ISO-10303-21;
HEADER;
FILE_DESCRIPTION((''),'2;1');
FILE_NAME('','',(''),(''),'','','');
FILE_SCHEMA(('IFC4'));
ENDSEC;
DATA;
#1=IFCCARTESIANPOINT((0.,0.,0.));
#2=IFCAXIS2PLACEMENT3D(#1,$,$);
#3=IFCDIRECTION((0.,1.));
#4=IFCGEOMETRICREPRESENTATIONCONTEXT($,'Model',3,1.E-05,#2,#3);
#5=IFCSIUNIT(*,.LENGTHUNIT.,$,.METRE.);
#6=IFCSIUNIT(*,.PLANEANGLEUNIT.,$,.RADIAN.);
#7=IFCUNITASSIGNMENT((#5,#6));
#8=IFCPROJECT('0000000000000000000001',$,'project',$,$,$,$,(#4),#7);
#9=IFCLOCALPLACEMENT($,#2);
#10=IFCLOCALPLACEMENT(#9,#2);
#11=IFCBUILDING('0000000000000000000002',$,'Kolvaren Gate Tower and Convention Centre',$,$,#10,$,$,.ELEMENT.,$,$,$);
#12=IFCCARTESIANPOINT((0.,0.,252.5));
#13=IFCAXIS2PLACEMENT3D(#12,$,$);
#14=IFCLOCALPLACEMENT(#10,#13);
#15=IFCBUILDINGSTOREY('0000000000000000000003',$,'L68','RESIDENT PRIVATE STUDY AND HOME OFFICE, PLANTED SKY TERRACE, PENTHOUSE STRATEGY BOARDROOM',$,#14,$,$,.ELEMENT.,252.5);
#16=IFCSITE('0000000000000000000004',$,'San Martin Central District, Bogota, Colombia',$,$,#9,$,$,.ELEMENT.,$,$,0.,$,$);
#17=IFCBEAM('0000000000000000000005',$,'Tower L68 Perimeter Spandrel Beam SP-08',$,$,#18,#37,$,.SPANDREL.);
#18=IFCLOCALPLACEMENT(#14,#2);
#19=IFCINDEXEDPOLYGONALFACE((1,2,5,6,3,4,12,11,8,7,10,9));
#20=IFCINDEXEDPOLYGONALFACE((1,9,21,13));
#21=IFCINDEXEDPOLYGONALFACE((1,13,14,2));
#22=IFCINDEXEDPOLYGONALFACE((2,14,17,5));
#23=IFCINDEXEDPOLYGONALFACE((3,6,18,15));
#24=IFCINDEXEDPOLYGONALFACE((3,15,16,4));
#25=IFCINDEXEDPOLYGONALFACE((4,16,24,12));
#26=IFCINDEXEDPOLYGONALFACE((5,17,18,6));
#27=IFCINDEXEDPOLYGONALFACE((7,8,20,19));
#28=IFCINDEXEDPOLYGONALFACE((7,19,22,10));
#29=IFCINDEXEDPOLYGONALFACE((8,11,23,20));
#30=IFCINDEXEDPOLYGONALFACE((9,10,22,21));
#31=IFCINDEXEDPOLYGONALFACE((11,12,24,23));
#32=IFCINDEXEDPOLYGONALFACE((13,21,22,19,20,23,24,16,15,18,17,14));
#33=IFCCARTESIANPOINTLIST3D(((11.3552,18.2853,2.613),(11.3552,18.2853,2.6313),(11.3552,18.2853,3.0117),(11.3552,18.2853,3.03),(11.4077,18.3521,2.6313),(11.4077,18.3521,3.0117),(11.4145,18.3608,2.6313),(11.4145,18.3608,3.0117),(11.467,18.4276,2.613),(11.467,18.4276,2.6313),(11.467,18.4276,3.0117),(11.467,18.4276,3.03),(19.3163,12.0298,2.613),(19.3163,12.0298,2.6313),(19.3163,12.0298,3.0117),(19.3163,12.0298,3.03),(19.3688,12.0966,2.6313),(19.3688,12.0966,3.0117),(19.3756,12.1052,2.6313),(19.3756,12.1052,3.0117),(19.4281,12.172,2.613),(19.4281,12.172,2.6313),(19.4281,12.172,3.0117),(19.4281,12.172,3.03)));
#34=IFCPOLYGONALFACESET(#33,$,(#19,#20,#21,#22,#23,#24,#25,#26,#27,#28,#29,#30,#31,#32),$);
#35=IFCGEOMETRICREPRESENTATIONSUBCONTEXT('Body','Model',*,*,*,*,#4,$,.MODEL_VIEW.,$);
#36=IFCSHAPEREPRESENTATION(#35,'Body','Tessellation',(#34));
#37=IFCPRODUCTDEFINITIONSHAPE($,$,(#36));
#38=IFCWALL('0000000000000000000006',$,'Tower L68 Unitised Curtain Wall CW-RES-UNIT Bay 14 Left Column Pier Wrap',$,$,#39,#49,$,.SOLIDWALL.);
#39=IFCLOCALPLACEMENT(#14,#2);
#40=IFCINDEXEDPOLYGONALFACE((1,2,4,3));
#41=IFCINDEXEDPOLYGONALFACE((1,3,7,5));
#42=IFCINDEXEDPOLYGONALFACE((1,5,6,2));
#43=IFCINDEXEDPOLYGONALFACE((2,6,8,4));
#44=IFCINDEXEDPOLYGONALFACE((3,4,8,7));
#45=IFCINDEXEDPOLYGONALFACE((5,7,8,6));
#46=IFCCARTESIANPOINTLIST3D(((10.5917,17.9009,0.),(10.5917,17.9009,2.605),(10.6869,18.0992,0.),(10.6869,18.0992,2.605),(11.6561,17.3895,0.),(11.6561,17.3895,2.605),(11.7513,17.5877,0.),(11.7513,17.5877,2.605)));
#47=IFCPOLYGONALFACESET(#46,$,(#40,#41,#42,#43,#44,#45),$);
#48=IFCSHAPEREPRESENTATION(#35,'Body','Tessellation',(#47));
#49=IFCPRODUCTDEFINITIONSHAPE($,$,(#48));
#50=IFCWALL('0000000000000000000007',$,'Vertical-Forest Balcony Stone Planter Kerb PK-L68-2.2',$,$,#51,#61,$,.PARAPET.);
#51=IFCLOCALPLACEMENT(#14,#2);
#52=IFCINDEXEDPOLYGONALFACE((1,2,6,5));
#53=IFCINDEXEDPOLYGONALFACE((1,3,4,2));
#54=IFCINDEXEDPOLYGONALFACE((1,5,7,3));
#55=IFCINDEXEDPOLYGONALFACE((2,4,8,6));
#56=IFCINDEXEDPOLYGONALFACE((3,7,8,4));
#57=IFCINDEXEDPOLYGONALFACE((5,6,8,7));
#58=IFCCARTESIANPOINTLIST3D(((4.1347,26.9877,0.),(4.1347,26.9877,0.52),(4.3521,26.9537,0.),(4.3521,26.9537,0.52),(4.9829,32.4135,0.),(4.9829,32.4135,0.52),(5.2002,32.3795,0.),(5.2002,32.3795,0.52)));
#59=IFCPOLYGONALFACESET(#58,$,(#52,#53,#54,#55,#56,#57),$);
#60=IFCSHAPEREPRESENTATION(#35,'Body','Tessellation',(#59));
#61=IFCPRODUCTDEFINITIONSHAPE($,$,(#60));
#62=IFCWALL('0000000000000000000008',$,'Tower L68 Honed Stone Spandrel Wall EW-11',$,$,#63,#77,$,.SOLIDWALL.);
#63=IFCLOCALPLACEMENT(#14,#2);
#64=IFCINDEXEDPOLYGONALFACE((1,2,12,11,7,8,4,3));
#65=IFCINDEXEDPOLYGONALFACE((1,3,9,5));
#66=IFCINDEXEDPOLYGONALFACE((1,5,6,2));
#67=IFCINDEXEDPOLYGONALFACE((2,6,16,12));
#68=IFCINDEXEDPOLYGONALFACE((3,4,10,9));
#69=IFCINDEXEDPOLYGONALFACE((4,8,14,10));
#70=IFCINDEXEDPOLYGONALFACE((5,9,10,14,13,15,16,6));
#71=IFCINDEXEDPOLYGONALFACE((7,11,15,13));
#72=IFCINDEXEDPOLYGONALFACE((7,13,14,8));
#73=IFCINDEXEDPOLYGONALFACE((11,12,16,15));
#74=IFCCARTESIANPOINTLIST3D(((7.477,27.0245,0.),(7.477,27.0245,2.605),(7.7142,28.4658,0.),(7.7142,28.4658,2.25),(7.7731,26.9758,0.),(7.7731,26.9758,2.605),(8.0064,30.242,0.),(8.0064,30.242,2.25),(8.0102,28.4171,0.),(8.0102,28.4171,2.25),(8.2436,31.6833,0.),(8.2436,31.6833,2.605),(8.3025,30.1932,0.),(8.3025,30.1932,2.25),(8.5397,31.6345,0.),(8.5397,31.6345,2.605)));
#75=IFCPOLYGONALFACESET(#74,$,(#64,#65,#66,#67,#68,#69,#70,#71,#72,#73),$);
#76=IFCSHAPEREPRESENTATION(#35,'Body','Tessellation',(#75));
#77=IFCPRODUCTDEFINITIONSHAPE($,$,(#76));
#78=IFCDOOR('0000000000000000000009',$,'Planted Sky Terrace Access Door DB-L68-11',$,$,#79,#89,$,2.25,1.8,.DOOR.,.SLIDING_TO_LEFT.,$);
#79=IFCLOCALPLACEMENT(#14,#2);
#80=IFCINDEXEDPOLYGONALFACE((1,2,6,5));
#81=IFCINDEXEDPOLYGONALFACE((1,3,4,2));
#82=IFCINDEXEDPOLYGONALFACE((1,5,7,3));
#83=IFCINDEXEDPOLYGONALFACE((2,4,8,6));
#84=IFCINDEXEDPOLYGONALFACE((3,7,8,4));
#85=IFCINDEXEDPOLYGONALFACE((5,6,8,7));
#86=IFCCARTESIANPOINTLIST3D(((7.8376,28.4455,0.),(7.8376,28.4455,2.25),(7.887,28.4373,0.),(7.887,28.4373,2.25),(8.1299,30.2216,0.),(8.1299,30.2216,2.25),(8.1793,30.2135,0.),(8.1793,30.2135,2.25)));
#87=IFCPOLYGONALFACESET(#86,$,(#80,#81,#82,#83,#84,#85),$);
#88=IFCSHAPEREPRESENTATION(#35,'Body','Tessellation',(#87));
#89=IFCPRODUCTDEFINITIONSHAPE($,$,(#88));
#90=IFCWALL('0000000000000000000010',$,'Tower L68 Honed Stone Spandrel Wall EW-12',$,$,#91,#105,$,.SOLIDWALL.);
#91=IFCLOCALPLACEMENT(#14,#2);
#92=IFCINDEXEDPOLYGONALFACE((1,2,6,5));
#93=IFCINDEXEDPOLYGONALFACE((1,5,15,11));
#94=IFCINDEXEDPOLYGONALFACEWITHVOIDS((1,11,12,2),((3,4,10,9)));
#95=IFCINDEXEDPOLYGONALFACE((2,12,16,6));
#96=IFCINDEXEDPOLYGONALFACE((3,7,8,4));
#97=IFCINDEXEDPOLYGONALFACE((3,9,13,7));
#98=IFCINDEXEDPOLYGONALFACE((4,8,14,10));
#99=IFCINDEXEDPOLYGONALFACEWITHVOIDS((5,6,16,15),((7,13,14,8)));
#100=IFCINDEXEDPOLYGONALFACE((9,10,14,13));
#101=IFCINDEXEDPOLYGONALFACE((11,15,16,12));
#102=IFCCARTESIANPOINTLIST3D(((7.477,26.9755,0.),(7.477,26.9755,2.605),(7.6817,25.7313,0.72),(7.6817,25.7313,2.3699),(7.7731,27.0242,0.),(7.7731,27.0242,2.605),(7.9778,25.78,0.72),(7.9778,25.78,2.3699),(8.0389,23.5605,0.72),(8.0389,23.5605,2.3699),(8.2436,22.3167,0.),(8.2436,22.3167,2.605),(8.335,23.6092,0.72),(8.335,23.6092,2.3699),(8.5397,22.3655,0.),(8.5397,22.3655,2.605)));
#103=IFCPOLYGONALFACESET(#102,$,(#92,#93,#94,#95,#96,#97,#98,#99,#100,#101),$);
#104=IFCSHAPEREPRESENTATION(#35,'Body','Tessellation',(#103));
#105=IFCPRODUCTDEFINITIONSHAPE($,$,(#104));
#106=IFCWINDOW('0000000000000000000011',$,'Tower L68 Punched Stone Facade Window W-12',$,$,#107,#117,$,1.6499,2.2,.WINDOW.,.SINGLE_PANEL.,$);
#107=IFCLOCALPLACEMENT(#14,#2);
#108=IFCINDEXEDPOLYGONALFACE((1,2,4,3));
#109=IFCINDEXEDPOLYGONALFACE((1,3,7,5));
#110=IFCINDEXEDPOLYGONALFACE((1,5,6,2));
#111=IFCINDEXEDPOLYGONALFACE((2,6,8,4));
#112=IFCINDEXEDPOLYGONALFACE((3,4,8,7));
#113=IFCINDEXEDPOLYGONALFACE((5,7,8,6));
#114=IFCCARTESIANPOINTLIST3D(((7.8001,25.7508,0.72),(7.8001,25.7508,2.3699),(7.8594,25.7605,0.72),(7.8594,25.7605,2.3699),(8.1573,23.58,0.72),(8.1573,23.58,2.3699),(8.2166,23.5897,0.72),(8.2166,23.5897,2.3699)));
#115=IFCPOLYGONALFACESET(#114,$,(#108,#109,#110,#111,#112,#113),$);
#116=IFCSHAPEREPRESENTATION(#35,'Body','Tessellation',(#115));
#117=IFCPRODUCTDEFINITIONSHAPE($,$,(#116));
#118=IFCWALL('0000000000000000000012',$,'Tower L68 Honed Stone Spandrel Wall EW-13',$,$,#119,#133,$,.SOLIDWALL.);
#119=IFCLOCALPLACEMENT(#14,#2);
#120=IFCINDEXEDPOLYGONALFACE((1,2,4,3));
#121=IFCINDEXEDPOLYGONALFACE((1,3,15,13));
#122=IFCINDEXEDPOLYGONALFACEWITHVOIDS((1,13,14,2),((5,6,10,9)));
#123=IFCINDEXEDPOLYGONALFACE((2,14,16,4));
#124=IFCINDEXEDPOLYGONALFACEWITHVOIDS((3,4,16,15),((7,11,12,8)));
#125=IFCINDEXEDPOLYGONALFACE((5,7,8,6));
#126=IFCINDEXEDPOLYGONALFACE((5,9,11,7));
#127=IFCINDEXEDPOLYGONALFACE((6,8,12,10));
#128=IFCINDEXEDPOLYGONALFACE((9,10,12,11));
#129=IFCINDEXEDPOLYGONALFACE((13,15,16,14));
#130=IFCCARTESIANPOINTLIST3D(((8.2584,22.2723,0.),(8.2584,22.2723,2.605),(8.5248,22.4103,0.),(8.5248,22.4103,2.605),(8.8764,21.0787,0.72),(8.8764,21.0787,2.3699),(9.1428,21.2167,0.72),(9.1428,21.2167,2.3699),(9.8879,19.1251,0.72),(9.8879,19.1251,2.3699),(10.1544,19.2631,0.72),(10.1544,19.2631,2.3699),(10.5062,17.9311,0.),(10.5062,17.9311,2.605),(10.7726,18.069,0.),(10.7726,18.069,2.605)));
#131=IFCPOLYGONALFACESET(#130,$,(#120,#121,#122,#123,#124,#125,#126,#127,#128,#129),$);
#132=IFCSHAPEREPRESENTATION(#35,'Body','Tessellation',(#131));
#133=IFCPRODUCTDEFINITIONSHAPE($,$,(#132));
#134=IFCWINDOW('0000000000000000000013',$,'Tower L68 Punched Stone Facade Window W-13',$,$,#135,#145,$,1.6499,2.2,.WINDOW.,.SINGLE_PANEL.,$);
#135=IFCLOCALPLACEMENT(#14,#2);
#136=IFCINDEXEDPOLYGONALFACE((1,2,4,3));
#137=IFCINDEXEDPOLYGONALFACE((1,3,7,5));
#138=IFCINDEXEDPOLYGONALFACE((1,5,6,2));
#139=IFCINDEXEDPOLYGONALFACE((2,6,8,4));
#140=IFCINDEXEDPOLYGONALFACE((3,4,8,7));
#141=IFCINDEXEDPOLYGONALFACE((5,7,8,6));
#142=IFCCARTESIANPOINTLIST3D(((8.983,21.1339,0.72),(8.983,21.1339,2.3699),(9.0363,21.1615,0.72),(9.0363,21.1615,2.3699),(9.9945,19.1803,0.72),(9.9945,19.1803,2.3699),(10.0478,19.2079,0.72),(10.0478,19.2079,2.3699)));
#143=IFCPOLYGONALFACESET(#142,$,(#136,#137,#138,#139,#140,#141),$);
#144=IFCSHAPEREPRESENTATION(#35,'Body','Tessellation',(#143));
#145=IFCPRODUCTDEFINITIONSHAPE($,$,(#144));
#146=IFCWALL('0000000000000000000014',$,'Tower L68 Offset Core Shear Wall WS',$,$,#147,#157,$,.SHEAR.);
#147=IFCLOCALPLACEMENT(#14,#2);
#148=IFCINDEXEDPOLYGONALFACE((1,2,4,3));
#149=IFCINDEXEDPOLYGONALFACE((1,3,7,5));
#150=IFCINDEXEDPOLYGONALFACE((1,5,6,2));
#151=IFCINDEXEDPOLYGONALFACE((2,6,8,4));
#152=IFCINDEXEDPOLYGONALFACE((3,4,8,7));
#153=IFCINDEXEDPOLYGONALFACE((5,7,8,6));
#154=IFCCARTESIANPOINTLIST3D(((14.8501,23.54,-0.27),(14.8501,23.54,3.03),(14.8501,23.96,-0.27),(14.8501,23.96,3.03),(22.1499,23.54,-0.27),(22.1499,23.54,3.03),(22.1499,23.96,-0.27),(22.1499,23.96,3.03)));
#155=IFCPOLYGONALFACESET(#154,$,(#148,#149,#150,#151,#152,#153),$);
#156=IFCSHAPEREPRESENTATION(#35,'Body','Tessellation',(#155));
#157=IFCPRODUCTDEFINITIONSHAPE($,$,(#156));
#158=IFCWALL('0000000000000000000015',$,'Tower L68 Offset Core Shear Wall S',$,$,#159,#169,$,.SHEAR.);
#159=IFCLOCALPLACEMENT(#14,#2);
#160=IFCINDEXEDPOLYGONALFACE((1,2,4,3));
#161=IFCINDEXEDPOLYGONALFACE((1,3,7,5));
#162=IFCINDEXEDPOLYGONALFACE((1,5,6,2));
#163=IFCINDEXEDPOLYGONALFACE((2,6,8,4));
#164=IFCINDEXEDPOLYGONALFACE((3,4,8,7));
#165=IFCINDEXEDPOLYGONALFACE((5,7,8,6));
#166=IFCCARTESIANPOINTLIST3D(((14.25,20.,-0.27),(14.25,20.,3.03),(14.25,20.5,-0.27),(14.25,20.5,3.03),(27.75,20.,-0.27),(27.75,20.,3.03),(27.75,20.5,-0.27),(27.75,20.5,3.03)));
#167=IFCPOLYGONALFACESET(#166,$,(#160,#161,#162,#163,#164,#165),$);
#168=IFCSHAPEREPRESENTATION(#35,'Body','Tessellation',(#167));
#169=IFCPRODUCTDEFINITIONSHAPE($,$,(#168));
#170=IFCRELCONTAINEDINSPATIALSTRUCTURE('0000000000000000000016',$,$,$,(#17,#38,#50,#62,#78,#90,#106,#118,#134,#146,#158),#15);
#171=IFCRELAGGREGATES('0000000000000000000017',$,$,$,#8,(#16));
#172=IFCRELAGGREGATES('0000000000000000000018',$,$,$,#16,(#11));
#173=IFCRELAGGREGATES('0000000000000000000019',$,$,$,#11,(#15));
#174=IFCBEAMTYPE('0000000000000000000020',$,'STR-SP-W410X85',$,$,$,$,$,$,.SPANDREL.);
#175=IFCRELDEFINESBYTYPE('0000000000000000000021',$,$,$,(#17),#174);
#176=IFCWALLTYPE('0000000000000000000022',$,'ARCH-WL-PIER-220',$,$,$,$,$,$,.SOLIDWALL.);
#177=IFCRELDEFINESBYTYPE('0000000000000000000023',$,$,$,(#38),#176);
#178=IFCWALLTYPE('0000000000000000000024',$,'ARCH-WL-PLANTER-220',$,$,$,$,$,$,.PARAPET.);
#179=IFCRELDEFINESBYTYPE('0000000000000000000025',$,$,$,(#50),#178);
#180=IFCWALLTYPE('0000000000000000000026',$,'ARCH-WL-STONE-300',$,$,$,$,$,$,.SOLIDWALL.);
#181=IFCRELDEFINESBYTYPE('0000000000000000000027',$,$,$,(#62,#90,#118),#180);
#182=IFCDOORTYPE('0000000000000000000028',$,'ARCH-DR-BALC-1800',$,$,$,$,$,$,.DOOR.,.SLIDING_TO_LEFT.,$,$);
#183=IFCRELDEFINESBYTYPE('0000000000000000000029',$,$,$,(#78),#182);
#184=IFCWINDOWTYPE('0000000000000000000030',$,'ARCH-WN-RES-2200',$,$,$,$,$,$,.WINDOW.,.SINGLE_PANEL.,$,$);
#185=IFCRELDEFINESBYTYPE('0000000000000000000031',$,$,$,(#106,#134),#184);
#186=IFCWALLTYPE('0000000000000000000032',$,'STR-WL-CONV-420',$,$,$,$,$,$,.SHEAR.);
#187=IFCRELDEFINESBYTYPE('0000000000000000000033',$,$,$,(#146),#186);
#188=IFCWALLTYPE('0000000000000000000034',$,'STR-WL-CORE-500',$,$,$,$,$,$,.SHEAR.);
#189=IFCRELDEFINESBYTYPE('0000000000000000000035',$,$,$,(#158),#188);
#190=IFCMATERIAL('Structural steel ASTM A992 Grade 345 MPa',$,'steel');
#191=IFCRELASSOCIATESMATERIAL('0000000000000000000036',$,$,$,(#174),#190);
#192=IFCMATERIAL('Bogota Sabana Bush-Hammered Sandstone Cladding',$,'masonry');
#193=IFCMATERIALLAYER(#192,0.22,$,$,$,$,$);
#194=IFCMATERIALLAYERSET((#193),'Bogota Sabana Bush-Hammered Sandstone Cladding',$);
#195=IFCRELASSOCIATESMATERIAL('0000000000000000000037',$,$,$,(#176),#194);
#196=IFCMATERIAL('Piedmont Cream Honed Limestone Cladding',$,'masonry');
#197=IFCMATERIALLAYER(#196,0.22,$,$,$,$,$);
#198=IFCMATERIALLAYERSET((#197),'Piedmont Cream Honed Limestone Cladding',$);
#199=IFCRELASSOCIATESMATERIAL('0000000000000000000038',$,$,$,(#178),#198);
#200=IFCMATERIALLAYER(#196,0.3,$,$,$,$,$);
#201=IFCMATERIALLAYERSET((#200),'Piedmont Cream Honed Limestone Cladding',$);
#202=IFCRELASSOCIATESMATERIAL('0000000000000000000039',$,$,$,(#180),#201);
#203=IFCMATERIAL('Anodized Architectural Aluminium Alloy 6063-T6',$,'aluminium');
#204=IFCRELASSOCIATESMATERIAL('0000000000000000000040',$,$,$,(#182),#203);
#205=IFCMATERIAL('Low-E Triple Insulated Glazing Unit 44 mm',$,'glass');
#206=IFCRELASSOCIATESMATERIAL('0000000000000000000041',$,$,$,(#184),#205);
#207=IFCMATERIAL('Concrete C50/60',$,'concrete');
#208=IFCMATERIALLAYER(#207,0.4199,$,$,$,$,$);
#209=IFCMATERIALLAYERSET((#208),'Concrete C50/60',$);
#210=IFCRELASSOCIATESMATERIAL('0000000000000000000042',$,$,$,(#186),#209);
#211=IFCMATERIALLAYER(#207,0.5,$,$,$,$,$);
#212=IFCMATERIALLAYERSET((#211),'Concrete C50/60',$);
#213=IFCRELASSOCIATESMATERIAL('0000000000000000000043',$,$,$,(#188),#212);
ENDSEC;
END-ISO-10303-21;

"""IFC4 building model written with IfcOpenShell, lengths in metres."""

from ifc_helpers import new_model, si_unit, direction, frame, frame_2d, origin, origin_2d, place, context, subcontext, project, spatial, rectangle, i_section, extrude, material, layer, layer_set, material_profile, profile_set, type_object, element, fill, save


model = new_model("IFC4")

# Units and contexts
model_context = context("Model", 3, precision=1e-05, world=origin(), true_north=direction((0.0, 1.0)))
body_context = subcontext(model_context, "Body", "Model", "MODEL_VIEW")
ifc_project = project(units=[si_unit("LENGTHUNIT", "METRE"), si_unit("PLANEANGLEUNIT", "RADIAN")], contexts=[model_context])

# Site, building, storey
site_placement = place(None, origin())
site = spatial("IfcSite", under=ifc_project, at=site_placement, Name="San Martin Central District, Bogota, Colombia", CompositionType="ELEMENT", RefElevation=0.0)
building_placement = place(site_placement, origin())
building = spatial("IfcBuilding", under=site, at=building_placement, Name="Kolvaren Gate Tower and Convention Centre", CompositionType="ELEMENT")
storey_placement = place(building_placement, frame((0.0, 0.0, 252.5)))
storey = spatial("IfcBuildingStorey", under=building, at=storey_placement, Name="L68", Description="RESIDENT PRIVATE STUDY AND HOME OFFICE, PLANTED SKY TERRACE, PENTHOUSE STRATEGY BOARDROOM", CompositionType="ELEMENT", Elevation=252.5)

# Shared definitions
ifc_material_1 = material(Name="Anodized Architectural Aluminium Alloy 6063-T6", Category="aluminium")

# Beam
ifc_material_2 = material(Name="Structural steel ASTM A992 Grade 345 MPa", Category="steel")
ifc_material_profile_1 = material_profile(ifc_material_2, i_section(OverallWidth=0.1809, OverallDepth=0.417, WebThickness=0.011, FlangeThickness=0.0183, at=origin_2d()), Name="W410X85")
ifc_profile_set_1 = profile_set([ifc_material_profile_1], Name="Structural steel ASTM A992 Grade 345 MPa")
beam_type_1 = type_object("IfcBeamType", Name="STR-SP-W410X85", PredefinedType="SPANDREL", material=ifc_profile_set_1)
beam_1_placement = place(storey_placement, frame((11.4111, 18.3564, 2.8215), z_axis=(0.786299, -0.617846, 0.0), x_axis=(0.617846, 0.786299, 0.0)))
element("IfcBeam", 1, at=beam_1_placement, inside=storey, type_object=beam_type_1, Name="Tower L68 Perimeter Spandrel Beam SP-08", PredefinedType="SPANDREL", context=body_context, shape_type="SweptSolid", body=[
    extrude(i_section(OverallWidth=0.1809, OverallDepth=0.417, WebThickness=0.011, FlangeThickness=0.0183, at=origin_2d()), origin(), (0.0, 0.0, 1.0), 10.1248),
])

# Walls
ifc_material_3 = material(Name="Bogota Sabana Bush-Hammered Sandstone Cladding", Category="masonry")
ifc_layer_1 = layer(ifc_material_3, 0.22)
ifc_layer_set_1 = layer_set([ifc_layer_1], Name="Bogota Sabana Bush-Hammered Sandstone Cladding")
wall_type_1 = type_object("IfcWallType", Name="ARCH-WL-PIER-220", PredefinedType="SOLIDWALL", material=ifc_layer_set_1)
wall_1_placement = place(storey_placement, frame((10.6394, 18.0, 0.0), z_axis=(0.0, 0.0, 1.0), x_axis=(0.901346, -0.433101, 0.0)))
element("IfcWall", 2, at=wall_1_placement, inside=storey, type_object=wall_type_1, Name="Tower L68 Unitised Curtain Wall CW-RES-UNIT Bay 14 Left Column Pier Wrap", PredefinedType="SOLIDWALL", context=body_context, shape_type="SweptSolid", body=[
    extrude(rectangle(XDim=1.1809, YDim=0.22, at=frame_2d((0.5903, 0.0))), origin(), (0.0, 0.0, 1.0), 2.605),
])
ifc_material_4 = material(Name="Piedmont Cream Honed Limestone Cladding", Category="masonry")
ifc_layer_2 = layer(ifc_material_4, 0.22)
ifc_layer_set_2 = layer_set([ifc_layer_2], Name="Piedmont Cream Honed Limestone Cladding")
wall_type_2 = type_object("IfcWallType", Name="ARCH-WL-PLANTER-220", PredefinedType="PARAPET", material=ifc_layer_set_2)
wall_2_placement = place(storey_placement, frame((4.2434, 26.9707, 0.0), z_axis=(0.0, 0.0, 1.0), x_axis=(0.154442, 0.988002, 0.0)))
element("IfcWall", 3, at=wall_2_placement, inside=storey, type_object=wall_type_2, Name="Vertical-Forest Balcony Stone Planter Kerb PK-L68-2.2", PredefinedType="PARAPET", context=body_context, shape_type="SweptSolid", body=[
    extrude(rectangle(XDim=5.4917, YDim=0.22, at=frame_2d((2.7458, 0.0))), origin(), (0.0, 0.0, 1.0), 0.52),
])

# Wall, opening, door
ifc_layer_3 = layer(ifc_material_4, 0.3)
ifc_layer_set_3 = layer_set([ifc_layer_3], Name="Piedmont Cream Honed Limestone Cladding")
wall_type_3 = type_object("IfcWallType", Name="ARCH-WL-STONE-300", PredefinedType="SOLIDWALL", material=ifc_layer_set_3)
wall_3_placement = place(storey_placement, frame((7.625, 27.0, 0.0), z_axis=(0.0, 0.0, 1.0), x_axis=(0.162369, 0.98673, 0.0)))
wall_3 = element("IfcWall", 4, at=wall_3_placement, inside=storey, type_object=wall_type_3, Name="Tower L68 Honed Stone Spandrel Wall EW-11", PredefinedType="SOLIDWALL", context=body_context, shape_type="SweptSolid", body=[
    extrude(rectangle(XDim=4.7214, YDim=0.3, at=frame_2d((2.3608, 0.0))), origin(), (0.0, 0.0, 1.0), 2.605),
])
opening_1_placement = place(wall_3_placement, frame((1.4609, 0.0, 0.0)))
opening_1 = element("IfcOpeningElement", 5, at=opening_1_placement, cuts=wall_3, PredefinedType="OPENING", context=body_context, shape_type="SweptSolid", body=[
    extrude(rectangle(XDim=1.8, YDim=2.25, at=frame_2d((0.8999, 1.125))), frame((0.0, 0.1599, 0.0), z_axis=(0.0, -1.0, 0.0), x_axis=(1.0, 0.0, 0.0)), (0.0, 0.0, 1.0), 0.3201),
])
door_type = type_object("IfcDoorType", Name="ARCH-DR-BALC-1800", OperationType="SLIDING_TO_LEFT", PredefinedType="DOOR", material=ifc_material_1)
door_placement = place(opening_1_placement, origin())
door = element("IfcDoor", 6, at=door_placement, inside=storey, type_object=door_type, Name="Planted Sky Terrace Access Door DB-L68-11", OperationType="SLIDING_TO_LEFT", OverallHeight=2.25, OverallWidth=1.8, PredefinedType="DOOR", context=body_context, shape_type="SweptSolid", body=[
    extrude(rectangle(XDim=1.8, YDim=2.25, at=frame_2d((0.8999, 1.125))), frame((0.0, 0.0249, 0.0), z_axis=(0.0, -1.0, 0.0), x_axis=(1.0, 0.0, 0.0)), (0.0, 0.0, 1.0), 0.05),
])
fill(opening_1, door)

# Walls, openings, windows
wall_4_placement = place(storey_placement, frame((7.625, 27.0, 0.0), z_axis=(0.0, 0.0, 1.0), x_axis=(0.162369, -0.98673, 0.0)))
wall_4 = element("IfcWall", 7, at=wall_4_placement, inside=storey, type_object=wall_type_3, Name="Tower L68 Honed Stone Spandrel Wall EW-12", PredefinedType="SOLIDWALL", context=body_context, shape_type="SweptSolid", body=[
    extrude(rectangle(XDim=4.7214, YDim=0.3, at=frame_2d((2.3608, 0.0))), origin(), (0.0, 0.0, 1.0), 2.605),
])
opening_2_placement = place(wall_4_placement, frame((1.261, 0.0, 0.72)))
opening_2 = element("IfcOpeningElement", 8, at=opening_2_placement, cuts=wall_4, PredefinedType="OPENING", context=body_context, shape_type="SweptSolid", body=[
    extrude(rectangle(XDim=2.2, YDim=1.6499, at=frame_2d((1.1001, 0.825))), frame((0.0, 0.1599, 0.0), z_axis=(0.0, -1.0, 0.0), x_axis=(1.0, 0.0, 0.0)), (0.0, 0.0, 1.0), 0.3201),
])
ifc_material_5 = material(Name="Low-E Triple Insulated Glazing Unit 44 mm", Category="glass")
window_type = type_object("IfcWindowType", Name="ARCH-WN-RES-2200", PartitioningType="SINGLE_PANEL", PredefinedType="WINDOW", material=ifc_material_5)
window_1_placement = place(opening_2_placement, origin())
window_1 = element("IfcWindow", 9, at=window_1_placement, inside=storey, type_object=window_type, Name="Tower L68 Punched Stone Facade Window W-12", OverallHeight=1.6499, OverallWidth=2.2, PartitioningType="SINGLE_PANEL", PredefinedType="WINDOW", context=body_context, shape_type="SweptSolid", body=[
    extrude(rectangle(XDim=2.2, YDim=1.6499, at=frame_2d((1.1001, 0.825))), frame((0.0, 0.03, 0.0), z_axis=(0.0, -1.0, 0.0), x_axis=(1.0, 0.0, 0.0)), (0.0, 0.0, 1.0), 0.0601),
])
fill(opening_2, window_1)
wall_5_placement = place(storey_placement, frame((8.3916, 22.3413, 0.0), z_axis=(0.0, 0.0, 1.0), x_axis=(0.459794, -0.888026, 0.0)))
wall_5 = element("IfcWall", 10, at=wall_5_placement, inside=storey, type_object=wall_type_3, Name="Tower L68 Honed Stone Spandrel Wall EW-13", PredefinedType="SOLIDWALL", context=body_context, shape_type="SweptSolid", body=[
    extrude(rectangle(XDim=4.8887, YDim=0.3, at=frame_2d((2.4443, 0.0))), origin(), (0.0, 0.0, 1.0), 2.605),
])
opening_3_placement = place(wall_5_placement, frame((1.344, 0.0, 0.72)))
opening_3 = element("IfcOpeningElement", 11, at=opening_3_placement, cuts=wall_5, PredefinedType="OPENING", context=body_context, shape_type="SweptSolid", body=[
    extrude(rectangle(XDim=2.2, YDim=1.6499, at=frame_2d((1.1001, 0.825))), frame((0.0, 0.1599, 0.0), z_axis=(0.0, -1.0, 0.0), x_axis=(1.0, 0.0, 0.0)), (0.0, 0.0, 1.0), 0.3201),
])
window_2_placement = place(opening_3_placement, origin())
window_2 = element("IfcWindow", 12, at=window_2_placement, inside=storey, type_object=window_type, Name="Tower L68 Punched Stone Facade Window W-13", OverallHeight=1.6499, OverallWidth=2.2, PartitioningType="SINGLE_PANEL", PredefinedType="WINDOW", context=body_context, shape_type="SweptSolid", body=[
    extrude(rectangle(XDim=2.2, YDim=1.6499, at=frame_2d((1.1001, 0.825))), frame((0.0, 0.03, 0.0), z_axis=(0.0, -1.0, 0.0), x_axis=(1.0, 0.0, 0.0)), (0.0, 0.0, 1.0), 0.0601),
])
fill(opening_3, window_2)

# Walls
ifc_material_6 = material(Name="Concrete C50/60", Category="concrete")
ifc_layer_4 = layer(ifc_material_6, 0.4199)
ifc_layer_set_4 = layer_set([ifc_layer_4], Name="Concrete C50/60")
wall_type_4 = type_object("IfcWallType", Name="STR-WL-CONV-420", PredefinedType="SHEAR", material=ifc_layer_set_4)
wall_6_placement = place(storey_placement, frame((14.8501, 23.75, -0.27), z_axis=(0.0, 0.0, 1.0), x_axis=(1.0, 0.0, 0.0)))
element("IfcWall", 13, at=wall_6_placement, inside=storey, type_object=wall_type_4, Name="Tower L68 Offset Core Shear Wall WS", PredefinedType="SHEAR", context=body_context, shape_type="SweptSolid", body=[
    extrude(rectangle(XDim=7.2998, YDim=0.4199, at=frame_2d((3.6499, 0.0))), origin(), (0.0, 0.0, 1.0), 3.3),
])
ifc_layer_5 = layer(ifc_material_6, 0.5)
ifc_layer_set_5 = layer_set([ifc_layer_5], Name="Concrete C50/60")
wall_type_5 = type_object("IfcWallType", Name="STR-WL-CORE-500", PredefinedType="SHEAR", material=ifc_layer_set_5)
wall_7_placement = place(storey_placement, frame((14.25, 20.25, -0.27), z_axis=(0.0, 0.0, 1.0), x_axis=(1.0, 0.0, 0.0)))
element("IfcWall", 14, at=wall_7_placement, inside=storey, type_object=wall_type_5, Name="Tower L68 Offset Core Shear Wall S", PredefinedType="SHEAR", context=body_context, shape_type="SweptSolid", body=[
    extrude(rectangle(XDim=13.5, YDim=0.5, at=frame_2d((6.75, 0.0))), origin(), (0.0, 0.0, 1.0), 3.3),
])

save(model, "model.ifc")
